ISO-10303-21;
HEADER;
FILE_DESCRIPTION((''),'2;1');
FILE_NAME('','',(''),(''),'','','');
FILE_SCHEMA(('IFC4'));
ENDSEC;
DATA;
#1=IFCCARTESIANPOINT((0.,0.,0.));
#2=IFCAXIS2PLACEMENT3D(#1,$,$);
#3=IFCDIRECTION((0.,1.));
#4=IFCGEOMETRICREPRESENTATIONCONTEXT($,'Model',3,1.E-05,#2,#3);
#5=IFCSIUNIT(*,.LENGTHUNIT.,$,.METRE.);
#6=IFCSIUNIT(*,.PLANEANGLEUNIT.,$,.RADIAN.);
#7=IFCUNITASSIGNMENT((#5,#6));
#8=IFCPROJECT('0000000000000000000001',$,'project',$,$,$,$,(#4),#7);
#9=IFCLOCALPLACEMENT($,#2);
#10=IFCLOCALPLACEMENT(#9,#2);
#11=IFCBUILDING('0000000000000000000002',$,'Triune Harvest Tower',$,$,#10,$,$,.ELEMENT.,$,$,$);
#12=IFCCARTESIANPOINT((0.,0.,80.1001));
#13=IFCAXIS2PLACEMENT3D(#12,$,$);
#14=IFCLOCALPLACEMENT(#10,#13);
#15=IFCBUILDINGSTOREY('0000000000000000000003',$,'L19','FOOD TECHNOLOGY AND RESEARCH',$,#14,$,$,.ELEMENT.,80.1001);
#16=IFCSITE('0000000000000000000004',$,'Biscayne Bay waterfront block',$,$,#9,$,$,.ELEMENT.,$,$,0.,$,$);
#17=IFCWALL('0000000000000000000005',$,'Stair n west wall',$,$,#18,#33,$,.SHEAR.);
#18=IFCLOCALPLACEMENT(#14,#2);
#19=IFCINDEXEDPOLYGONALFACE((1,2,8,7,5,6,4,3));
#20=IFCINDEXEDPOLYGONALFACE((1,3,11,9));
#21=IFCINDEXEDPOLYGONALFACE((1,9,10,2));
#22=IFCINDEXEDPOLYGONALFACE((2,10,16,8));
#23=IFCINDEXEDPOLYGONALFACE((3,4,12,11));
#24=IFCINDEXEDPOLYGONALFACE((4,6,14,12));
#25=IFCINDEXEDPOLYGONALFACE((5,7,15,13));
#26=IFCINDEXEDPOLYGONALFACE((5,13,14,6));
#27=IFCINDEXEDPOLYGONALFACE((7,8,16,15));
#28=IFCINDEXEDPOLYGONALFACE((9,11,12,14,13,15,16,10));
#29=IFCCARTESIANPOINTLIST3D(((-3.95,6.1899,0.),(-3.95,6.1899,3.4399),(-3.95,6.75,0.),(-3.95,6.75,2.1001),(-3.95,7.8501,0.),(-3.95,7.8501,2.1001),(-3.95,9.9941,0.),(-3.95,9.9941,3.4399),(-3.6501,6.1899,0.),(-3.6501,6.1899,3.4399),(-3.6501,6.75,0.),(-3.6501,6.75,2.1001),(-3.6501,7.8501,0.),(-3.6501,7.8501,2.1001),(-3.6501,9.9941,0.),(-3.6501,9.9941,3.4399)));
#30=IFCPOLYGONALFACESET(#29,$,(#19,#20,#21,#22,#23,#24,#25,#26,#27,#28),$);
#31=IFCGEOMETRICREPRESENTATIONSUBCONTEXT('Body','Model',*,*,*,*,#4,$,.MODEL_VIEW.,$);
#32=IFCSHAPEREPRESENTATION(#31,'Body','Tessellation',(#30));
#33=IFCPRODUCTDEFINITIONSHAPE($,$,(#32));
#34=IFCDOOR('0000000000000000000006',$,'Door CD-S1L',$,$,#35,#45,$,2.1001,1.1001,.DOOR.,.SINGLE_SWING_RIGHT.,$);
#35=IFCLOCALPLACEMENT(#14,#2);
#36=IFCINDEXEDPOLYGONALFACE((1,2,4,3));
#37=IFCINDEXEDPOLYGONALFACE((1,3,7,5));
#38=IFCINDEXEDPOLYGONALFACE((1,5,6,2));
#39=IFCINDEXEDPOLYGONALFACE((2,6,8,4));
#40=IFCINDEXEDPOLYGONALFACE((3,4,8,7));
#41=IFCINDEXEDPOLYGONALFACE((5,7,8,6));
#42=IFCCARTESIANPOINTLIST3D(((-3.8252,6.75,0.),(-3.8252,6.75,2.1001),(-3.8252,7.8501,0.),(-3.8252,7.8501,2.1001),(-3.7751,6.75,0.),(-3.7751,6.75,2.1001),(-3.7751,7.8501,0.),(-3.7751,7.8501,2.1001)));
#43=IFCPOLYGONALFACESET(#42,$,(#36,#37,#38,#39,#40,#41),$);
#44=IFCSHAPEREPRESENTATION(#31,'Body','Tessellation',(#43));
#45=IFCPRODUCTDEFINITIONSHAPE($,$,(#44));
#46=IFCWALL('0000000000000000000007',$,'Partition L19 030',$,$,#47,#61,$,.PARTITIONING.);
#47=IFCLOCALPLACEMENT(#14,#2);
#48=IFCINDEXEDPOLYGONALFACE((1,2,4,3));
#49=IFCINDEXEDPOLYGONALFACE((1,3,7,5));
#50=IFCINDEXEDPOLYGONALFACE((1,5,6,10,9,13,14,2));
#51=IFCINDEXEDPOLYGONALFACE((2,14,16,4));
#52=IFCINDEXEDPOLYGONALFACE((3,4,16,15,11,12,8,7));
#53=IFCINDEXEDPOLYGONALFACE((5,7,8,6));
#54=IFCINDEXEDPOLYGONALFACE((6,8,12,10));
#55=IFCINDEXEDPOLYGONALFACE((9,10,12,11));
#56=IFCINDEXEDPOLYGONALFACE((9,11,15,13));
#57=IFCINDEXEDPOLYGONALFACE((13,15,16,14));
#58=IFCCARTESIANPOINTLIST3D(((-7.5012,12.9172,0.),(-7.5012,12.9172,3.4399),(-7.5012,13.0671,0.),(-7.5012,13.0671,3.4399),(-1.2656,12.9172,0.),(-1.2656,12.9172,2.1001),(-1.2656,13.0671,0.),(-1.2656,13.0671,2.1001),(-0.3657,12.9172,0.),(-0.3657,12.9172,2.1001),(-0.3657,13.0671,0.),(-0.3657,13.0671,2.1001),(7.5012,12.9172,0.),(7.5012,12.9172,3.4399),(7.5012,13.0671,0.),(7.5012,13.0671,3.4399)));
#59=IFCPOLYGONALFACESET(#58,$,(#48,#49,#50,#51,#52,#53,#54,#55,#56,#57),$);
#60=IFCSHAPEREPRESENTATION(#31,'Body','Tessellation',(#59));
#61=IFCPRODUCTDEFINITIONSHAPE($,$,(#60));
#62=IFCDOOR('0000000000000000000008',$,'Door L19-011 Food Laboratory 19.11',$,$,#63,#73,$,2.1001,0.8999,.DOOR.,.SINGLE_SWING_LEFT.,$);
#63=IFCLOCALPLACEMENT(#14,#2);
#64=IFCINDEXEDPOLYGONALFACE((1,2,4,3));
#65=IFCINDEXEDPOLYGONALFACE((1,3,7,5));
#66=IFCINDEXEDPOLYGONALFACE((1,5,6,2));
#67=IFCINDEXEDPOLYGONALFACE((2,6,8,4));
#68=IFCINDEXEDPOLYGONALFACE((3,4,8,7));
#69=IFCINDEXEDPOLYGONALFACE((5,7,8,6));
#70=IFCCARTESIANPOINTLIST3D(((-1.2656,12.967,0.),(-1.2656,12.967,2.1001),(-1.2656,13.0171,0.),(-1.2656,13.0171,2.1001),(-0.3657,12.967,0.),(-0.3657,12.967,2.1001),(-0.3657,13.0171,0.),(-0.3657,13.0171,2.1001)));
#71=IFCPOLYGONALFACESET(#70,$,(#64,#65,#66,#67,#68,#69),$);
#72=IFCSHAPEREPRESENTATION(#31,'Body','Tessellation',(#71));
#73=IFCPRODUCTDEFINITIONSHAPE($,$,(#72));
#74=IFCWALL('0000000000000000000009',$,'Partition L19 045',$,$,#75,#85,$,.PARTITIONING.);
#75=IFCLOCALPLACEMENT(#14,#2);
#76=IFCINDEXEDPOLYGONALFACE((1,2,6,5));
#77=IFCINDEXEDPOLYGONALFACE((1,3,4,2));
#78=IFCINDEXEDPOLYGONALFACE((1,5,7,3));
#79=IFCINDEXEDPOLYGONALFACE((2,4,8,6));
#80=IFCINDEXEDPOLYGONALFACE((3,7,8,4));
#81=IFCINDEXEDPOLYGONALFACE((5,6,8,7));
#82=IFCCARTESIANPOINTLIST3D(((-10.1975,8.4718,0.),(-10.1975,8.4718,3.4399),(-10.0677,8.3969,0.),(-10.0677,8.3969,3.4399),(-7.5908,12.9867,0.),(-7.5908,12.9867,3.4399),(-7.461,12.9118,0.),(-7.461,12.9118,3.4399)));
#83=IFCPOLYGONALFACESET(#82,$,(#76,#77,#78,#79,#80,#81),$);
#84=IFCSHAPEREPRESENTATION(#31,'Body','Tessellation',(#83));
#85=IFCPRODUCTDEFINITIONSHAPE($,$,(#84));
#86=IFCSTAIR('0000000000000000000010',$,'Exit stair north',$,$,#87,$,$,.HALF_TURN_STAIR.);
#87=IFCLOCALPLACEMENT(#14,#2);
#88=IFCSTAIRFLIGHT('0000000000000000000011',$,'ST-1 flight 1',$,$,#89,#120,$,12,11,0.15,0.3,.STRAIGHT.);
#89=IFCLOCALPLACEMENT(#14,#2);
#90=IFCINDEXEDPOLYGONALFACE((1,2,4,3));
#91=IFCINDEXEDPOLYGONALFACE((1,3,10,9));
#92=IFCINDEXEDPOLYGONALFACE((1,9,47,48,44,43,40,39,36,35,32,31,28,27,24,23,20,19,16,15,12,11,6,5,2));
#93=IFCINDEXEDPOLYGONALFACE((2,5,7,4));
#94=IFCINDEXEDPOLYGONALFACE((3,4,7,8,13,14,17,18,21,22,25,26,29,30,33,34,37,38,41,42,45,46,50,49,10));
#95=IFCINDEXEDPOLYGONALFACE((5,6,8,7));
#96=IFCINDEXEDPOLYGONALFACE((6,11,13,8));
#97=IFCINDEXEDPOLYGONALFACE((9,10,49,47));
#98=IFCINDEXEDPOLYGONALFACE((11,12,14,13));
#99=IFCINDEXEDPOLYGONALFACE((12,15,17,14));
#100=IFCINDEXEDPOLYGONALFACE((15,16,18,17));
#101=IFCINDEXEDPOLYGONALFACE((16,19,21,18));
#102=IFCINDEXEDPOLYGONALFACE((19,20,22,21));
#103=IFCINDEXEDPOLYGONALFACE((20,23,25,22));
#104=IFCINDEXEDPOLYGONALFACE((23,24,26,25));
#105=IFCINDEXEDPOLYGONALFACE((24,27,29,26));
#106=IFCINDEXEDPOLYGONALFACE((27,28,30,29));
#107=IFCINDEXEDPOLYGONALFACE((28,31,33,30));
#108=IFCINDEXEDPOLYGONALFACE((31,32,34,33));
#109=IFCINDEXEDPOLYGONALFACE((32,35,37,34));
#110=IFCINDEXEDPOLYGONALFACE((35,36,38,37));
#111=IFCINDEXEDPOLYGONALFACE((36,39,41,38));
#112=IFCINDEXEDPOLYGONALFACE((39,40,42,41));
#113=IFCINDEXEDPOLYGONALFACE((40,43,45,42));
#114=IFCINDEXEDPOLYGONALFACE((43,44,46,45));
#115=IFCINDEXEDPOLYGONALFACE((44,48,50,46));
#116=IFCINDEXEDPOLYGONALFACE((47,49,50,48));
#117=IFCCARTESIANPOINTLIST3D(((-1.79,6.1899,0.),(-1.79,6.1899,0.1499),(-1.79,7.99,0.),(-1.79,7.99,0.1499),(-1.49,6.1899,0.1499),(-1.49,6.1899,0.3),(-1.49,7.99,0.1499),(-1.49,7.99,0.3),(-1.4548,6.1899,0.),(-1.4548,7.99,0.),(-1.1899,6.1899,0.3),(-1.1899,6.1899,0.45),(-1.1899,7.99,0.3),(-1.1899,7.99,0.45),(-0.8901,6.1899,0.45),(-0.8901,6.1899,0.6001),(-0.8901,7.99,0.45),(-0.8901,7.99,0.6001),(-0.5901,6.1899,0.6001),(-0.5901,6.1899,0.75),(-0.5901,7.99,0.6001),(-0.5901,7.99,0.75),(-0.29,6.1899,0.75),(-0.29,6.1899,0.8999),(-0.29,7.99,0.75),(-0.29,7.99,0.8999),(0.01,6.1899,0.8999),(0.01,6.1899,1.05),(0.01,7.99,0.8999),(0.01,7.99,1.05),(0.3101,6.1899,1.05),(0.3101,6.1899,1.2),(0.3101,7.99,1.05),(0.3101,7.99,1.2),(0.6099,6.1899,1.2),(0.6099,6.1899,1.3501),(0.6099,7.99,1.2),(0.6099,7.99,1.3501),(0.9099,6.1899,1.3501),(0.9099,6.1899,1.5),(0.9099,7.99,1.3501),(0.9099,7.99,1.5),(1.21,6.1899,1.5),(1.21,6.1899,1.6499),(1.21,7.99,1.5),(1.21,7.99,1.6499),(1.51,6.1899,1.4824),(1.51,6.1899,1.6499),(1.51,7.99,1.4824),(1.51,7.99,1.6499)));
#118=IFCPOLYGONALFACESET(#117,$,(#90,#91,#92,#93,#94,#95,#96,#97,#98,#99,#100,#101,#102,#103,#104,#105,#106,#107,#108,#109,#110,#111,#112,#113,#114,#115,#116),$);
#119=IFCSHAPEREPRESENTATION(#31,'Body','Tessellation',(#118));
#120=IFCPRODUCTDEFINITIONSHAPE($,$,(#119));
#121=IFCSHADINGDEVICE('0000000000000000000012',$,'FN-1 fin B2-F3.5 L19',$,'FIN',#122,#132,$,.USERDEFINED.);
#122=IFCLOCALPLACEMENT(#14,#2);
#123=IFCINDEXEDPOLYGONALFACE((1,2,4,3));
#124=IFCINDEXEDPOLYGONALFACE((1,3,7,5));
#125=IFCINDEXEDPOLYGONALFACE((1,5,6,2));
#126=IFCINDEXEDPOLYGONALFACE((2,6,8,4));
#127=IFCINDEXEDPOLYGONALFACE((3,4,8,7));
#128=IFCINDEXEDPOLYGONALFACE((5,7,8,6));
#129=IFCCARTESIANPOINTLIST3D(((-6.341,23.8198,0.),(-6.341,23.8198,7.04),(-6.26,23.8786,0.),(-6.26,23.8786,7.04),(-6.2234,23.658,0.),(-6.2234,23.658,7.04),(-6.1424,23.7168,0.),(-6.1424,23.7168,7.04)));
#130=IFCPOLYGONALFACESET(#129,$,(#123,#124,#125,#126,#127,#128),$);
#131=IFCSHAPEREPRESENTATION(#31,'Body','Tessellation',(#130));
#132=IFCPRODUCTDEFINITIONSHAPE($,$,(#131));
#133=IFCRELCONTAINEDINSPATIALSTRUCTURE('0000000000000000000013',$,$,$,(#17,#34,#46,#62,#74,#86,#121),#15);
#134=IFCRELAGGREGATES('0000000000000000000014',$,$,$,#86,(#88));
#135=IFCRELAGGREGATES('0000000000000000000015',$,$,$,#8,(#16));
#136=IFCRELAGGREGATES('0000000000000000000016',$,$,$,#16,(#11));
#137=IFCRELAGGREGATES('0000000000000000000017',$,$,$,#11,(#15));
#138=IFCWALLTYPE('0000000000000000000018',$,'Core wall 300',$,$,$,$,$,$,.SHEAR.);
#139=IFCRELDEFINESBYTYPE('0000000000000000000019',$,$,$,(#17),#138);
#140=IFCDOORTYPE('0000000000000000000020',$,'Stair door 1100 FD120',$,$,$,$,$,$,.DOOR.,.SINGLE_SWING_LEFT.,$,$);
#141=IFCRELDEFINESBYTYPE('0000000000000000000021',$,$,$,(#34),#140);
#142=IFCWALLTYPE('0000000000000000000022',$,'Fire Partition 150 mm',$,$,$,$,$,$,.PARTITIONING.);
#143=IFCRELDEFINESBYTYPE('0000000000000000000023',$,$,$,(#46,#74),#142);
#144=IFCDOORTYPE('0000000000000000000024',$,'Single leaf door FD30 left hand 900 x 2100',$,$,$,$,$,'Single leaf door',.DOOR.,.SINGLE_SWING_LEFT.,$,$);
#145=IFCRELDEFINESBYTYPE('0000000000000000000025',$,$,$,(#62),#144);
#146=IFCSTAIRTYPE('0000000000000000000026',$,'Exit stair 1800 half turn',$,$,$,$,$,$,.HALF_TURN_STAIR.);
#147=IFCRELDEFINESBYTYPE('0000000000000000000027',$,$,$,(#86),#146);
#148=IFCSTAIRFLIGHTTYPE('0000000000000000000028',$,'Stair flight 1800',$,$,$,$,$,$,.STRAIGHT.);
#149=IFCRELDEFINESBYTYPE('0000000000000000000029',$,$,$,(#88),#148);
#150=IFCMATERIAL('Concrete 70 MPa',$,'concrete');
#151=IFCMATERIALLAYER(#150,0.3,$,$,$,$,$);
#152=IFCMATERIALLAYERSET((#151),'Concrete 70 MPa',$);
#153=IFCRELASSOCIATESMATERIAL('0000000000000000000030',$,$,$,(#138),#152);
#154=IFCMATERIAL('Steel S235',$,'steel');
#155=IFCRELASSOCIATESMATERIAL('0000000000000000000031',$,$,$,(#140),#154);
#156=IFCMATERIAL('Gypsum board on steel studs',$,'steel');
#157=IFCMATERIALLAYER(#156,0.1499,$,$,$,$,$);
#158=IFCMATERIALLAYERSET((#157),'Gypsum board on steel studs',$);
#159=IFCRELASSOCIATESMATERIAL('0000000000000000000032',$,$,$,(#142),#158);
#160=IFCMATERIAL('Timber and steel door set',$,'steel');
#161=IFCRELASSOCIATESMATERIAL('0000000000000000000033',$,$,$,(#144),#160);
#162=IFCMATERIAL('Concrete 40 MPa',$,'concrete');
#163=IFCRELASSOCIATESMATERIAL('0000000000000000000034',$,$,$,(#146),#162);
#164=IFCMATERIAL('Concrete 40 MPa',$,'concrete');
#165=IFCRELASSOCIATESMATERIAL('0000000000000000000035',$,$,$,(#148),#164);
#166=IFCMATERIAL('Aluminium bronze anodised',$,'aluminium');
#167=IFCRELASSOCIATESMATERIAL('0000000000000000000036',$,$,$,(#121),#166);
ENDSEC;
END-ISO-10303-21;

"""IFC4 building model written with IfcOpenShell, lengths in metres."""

from ifc_helpers import new_model, si_unit, direction, frame, frame_2d, origin, origin_2d, place, context, subcontext, project, spatial, polyline, rectangle, outline, extrude, source, transform, mapped, material, layer, layer_set, type_object, element, fill, aggregate, save


model = new_model("IFC4")

# Units and contexts
model_context = context("Model", 3, precision=1e-05, world=origin(), true_north=direction((0.0, 1.0)))
body_context = subcontext(model_context, "Body", "Model", "MODEL_VIEW")
ifc_project = project(units=[si_unit("LENGTHUNIT", "METRE"), si_unit("PLANEANGLEUNIT", "RADIAN")], contexts=[model_context])

# Site, building, storey
site_placement = place(None, origin())
site = spatial("IfcSite", under=ifc_project, at=site_placement, Name="Biscayne Bay waterfront block", CompositionType="ELEMENT", RefElevation=0.0)
building_placement = place(site_placement, origin())
building = spatial("IfcBuilding", under=site, at=building_placement, Name="Triune Harvest Tower", CompositionType="ELEMENT")
storey_placement = place(building_placement, frame((0.0, 0.0, 80.1001)))
storey = spatial("IfcBuildingStorey", under=building, at=storey_placement, Name="L19", Description="FOOD TECHNOLOGY AND RESEARCH", CompositionType="ELEMENT", Elevation=80.1001)

# Walls, openings, doors
ifc_material_1 = material(Name="Concrete 70 MPa", Category="concrete")
ifc_layer_1 = layer(ifc_material_1, 0.3)
ifc_layer_set_1 = layer_set([ifc_layer_1], Name="Concrete 70 MPa")
wall_type_1 = type_object("IfcWallType", Name="Core wall 300", PredefinedType="SHEAR", material=ifc_layer_set_1)
shared_shape_1 = source(origin(), body_context, "Body", "SweptSolid", [
    extrude(outline(polyline([(0.0, -0.1499), (0.0, 0.1499), (3.8042, 0.1499), (3.8042, -0.1499), (0.0, -0.1499)])), origin(), (0.0, 0.0, 1.0), 3.4399),
])
wall_1_placement = place(storey_placement, frame((-3.8, 6.1899, 0.0), z_axis=(0.0, 0.0, 1.0), x_axis=(0.0, 1.0, 0.0)))
wall_1 = element("IfcWall", 1, at=wall_1_placement, inside=storey, type_object=wall_type_1, Name="Stair n west wall", PredefinedType="SHEAR", context=body_context, shape_type="MappedRepresentation", body=[
    mapped(shared_shape_1, transform((0.0, 0.0, 0.0), scale=1.0)),
])
opening_1_placement = place(wall_1_placement, frame((0.5601, 0.0, 0.0)))
opening_1 = element("IfcOpeningElement", 2, at=opening_1_placement, cuts=wall_1, PredefinedType="OPENING", context=body_context, shape_type="SweptSolid", body=[
    extrude(rectangle(XDim=1.1001, YDim=2.1001, at=frame_2d((0.55, 1.05))), frame((0.0, 0.1602, 0.0), z_axis=(0.0, -1.0, 0.0), x_axis=(1.0, 0.0, 0.0)), (0.0, 0.0, 1.0), 0.3201),
])
ifc_material_2 = material(Name="Steel S235", Category="steel")
door_type_1 = type_object("IfcDoorType", Name="Stair door 1100 FD120", OperationType="SINGLE_SWING_LEFT", PredefinedType="DOOR", material=ifc_material_2)
door_1_placement = place(opening_1_placement, frame((1.1001, 0.0, 0.0), z_axis=(0.0, 0.0, 1.0), x_axis=(-1.0, 0.0, 0.0)))
door_1 = element("IfcDoor", 3, at=door_1_placement, inside=storey, type_object=door_type_1, Name="Door CD-S1L", OperationType="SINGLE_SWING_RIGHT", OverallHeight=2.1001, OverallWidth=1.1001, PredefinedType="DOOR", context=body_context, shape_type="SweptSolid", body=[
    extrude(rectangle(XDim=1.1001, YDim=2.1001, at=frame_2d((0.55, 1.05))), frame((0.0, 0.0249, 0.0), z_axis=(0.0, -1.0, 0.0), x_axis=(1.0, 0.0, 0.0)), (0.0, 0.0, 1.0), 0.05),
])
fill(opening_1, door_1)
ifc_material_3 = material(Name="Gypsum board on steel studs", Category="steel")
ifc_layer_2 = layer(ifc_material_3, 0.1499)
ifc_layer_set_2 = layer_set([ifc_layer_2], Name="Gypsum board on steel studs")
wall_type_2 = type_object("IfcWallType", Name="Fire Partition 150 mm", PredefinedType="PARTITIONING", material=ifc_layer_set_2)
shared_shape_2 = source(origin(), body_context, "Body", "SweptSolid", [
    extrude(rectangle(XDim=15.0024, YDim=0.1499, at=frame_2d((7.5012, 0.0))), origin(), (0.0, 0.0, 1.0), 3.4399),
])
wall_2_placement = place(storey_placement, frame((-7.5012, 12.9922, 0.0), z_axis=(0.0, 0.0, 1.0), x_axis=(1.0, 0.0, 0.0)))
wall_2 = element("IfcWall", 4, at=wall_2_placement, inside=storey, type_object=wall_type_2, Name="Partition L19 030", PredefinedType="PARTITIONING", context=body_context, shape_type="MappedRepresentation", body=[
    mapped(shared_shape_2, transform((0.0, 0.0, 0.0), scale=1.0)),
])
opening_2_placement = place(wall_2_placement, frame((6.2356, 0.0, 0.0)))
opening_2 = element("IfcOpeningElement", 5, at=opening_2_placement, cuts=wall_2, PredefinedType="OPENING", context=body_context, shape_type="SweptSolid", body=[
    extrude(rectangle(XDim=0.8999, YDim=2.1001, at=frame_2d((0.45, 1.05))), frame((0.0, 0.085, 0.0), z_axis=(0.0, -1.0, 0.0), x_axis=(1.0, 0.0, 0.0)), (0.0, 0.0, 1.0), 0.1699),
])
ifc_material_4 = material(Name="Timber and steel door set", Category="steel")
door_type_2 = type_object("IfcDoorType", Name="Single leaf door FD30 left hand 900 x 2100", ElementType="Single leaf door", OperationType="SINGLE_SWING_LEFT", PredefinedType="DOOR", material=ifc_material_4)
door_2_placement = place(opening_2_placement, origin())
door_2 = element("IfcDoor", 6, at=door_2_placement, inside=storey, type_object=door_type_2, Name="Door L19-011 Food Laboratory 19.11", OperationType="SINGLE_SWING_LEFT", OverallHeight=2.1001, OverallWidth=0.8999, PredefinedType="DOOR", context=body_context, shape_type="SweptSolid", body=[
    extrude(rectangle(XDim=0.8999, YDim=2.1001, at=frame_2d((0.45, 1.05))), frame((0.0, 0.0249, 0.0), z_axis=(0.0, -1.0, 0.0), x_axis=(1.0, 0.0, 0.0)), (0.0, 0.0, 1.0), 0.05),
])
fill(opening_2, door_2)

# Wall
shared_shape_3 = source(origin(), body_context, "Body", "SweptSolid", [
    extrude(rectangle(XDim=5.2134, YDim=0.1499, at=frame_2d((2.6067, 0.0))), origin(), (0.0, 0.0, 1.0), 3.4399),
])
wall_3_placement = place(storey_placement, frame((-10.1326, 8.4343, 0.0), z_axis=(0.0, 0.0, 1.0), x_axis=(0.500002, 0.866024, 0.0)))
element("IfcWall", 7, at=wall_3_placement, inside=storey, type_object=wall_type_2, Name="Partition L19 045", PredefinedType="PARTITIONING", context=body_context, shape_type="MappedRepresentation", body=[
    mapped(shared_shape_3, transform((0.0, 0.0, 0.0), scale=1.0)),
])

# Stair, stair flight
ifc_material_5 = material(Name="Concrete 40 MPa", Category="concrete")
stair_type = type_object("IfcStairType", Name="Exit stair 1800 half turn", PredefinedType="HALF_TURN_STAIR", material=ifc_material_5)
stair_placement = place(storey_placement, origin())
stair = element("IfcStair", 8, at=stair_placement, inside=storey, type_object=stair_type, Name="Exit stair north", PredefinedType="HALF_TURN_STAIR")
ifc_material_6 = material(Name="Concrete 40 MPa", Category="concrete")
stair_flight_type = type_object("IfcStairFlightType", Name="Stair flight 1800", PredefinedType="STRAIGHT", material=ifc_material_6)
shared_shape_4 = source(origin(), body_context, "Body", "SweptSolid", [
    extrude(outline(polyline([(0.0, 0.0), (0.0, 0.1499), (0.3, 0.1499), (0.3, 0.3), (0.6001, 0.3), (0.6001, 0.45), (0.8999, 0.45), (0.8999, 0.6001), (1.2, 0.6001), (1.2, 0.75), (1.5, 0.75), (1.5, 0.8999), (1.8, 0.8999), (1.8, 1.05), (2.1001, 1.05), (2.1001, 1.2), (2.3999, 1.2), (2.3999, 1.3501), (2.7, 1.3501), (2.7, 1.5), (3.0, 1.5), (3.0, 1.6499), (3.3, 1.6499), (3.3, 1.8), (3.3, 1.4824), (0.3352, 0.0), (0.0, 0.0)])), frame((0.0, 0.8999, 0.0), z_axis=(0.0, -1.0, 0.0), x_axis=(1.0, 0.0, 0.0)), (0.0, 0.0, 1.0), 1.8),
])
stair_flight_placement = place(storey_placement, frame((-1.79, 7.0901, 0.0), z_axis=(0.0, 0.0, 1.0), x_axis=(1.0, 0.0, 0.0)))
stair_flight = element("IfcStairFlight", 9, at=stair_flight_placement, type_object=stair_flight_type, Name="ST-1 flight 1", NumberOfRisers=12, NumberOfTreads=11, PredefinedType="STRAIGHT", RiserHeight=0.15, TreadLength=0.3, context=body_context, shape_type="MappedRepresentation", body=[
    mapped(shared_shape_4, transform((0.0, 0.0, 0.0), scale=1.0)),
])
aggregate(stair, [stair_flight])

# Shading device
ifc_material_7 = material(Name="Aluminium bronze anodised", Category="aluminium")
shared_shape_5 = source(origin(), body_context, "Body", "SweptSolid", [
    extrude(rectangle(XDim=0.1001, YDim=0.2, at=origin_2d()), origin(), (0.0, 0.0, 1.0), 7.04),
])
shading_device_placement = place(storey_placement, frame((-6.2417, 23.7683, 0.0), z_axis=(0.0, 0.0, 1.0), x_axis=(-0.809017, -0.587785, 0.0)))
element("IfcShadingDevice", 10, at=shading_device_placement, inside=storey, material=ifc_material_7, Name="FN-1 fin B2-F3.5 L19", ObjectType="FIN", PredefinedType="USERDEFINED", context=body_context, shape_type="MappedRepresentation", body=[
    mapped(shared_shape_5, transform((0.0, 0.0, 0.0), scale=1.0)),
])

save(model, "model.ifc")
